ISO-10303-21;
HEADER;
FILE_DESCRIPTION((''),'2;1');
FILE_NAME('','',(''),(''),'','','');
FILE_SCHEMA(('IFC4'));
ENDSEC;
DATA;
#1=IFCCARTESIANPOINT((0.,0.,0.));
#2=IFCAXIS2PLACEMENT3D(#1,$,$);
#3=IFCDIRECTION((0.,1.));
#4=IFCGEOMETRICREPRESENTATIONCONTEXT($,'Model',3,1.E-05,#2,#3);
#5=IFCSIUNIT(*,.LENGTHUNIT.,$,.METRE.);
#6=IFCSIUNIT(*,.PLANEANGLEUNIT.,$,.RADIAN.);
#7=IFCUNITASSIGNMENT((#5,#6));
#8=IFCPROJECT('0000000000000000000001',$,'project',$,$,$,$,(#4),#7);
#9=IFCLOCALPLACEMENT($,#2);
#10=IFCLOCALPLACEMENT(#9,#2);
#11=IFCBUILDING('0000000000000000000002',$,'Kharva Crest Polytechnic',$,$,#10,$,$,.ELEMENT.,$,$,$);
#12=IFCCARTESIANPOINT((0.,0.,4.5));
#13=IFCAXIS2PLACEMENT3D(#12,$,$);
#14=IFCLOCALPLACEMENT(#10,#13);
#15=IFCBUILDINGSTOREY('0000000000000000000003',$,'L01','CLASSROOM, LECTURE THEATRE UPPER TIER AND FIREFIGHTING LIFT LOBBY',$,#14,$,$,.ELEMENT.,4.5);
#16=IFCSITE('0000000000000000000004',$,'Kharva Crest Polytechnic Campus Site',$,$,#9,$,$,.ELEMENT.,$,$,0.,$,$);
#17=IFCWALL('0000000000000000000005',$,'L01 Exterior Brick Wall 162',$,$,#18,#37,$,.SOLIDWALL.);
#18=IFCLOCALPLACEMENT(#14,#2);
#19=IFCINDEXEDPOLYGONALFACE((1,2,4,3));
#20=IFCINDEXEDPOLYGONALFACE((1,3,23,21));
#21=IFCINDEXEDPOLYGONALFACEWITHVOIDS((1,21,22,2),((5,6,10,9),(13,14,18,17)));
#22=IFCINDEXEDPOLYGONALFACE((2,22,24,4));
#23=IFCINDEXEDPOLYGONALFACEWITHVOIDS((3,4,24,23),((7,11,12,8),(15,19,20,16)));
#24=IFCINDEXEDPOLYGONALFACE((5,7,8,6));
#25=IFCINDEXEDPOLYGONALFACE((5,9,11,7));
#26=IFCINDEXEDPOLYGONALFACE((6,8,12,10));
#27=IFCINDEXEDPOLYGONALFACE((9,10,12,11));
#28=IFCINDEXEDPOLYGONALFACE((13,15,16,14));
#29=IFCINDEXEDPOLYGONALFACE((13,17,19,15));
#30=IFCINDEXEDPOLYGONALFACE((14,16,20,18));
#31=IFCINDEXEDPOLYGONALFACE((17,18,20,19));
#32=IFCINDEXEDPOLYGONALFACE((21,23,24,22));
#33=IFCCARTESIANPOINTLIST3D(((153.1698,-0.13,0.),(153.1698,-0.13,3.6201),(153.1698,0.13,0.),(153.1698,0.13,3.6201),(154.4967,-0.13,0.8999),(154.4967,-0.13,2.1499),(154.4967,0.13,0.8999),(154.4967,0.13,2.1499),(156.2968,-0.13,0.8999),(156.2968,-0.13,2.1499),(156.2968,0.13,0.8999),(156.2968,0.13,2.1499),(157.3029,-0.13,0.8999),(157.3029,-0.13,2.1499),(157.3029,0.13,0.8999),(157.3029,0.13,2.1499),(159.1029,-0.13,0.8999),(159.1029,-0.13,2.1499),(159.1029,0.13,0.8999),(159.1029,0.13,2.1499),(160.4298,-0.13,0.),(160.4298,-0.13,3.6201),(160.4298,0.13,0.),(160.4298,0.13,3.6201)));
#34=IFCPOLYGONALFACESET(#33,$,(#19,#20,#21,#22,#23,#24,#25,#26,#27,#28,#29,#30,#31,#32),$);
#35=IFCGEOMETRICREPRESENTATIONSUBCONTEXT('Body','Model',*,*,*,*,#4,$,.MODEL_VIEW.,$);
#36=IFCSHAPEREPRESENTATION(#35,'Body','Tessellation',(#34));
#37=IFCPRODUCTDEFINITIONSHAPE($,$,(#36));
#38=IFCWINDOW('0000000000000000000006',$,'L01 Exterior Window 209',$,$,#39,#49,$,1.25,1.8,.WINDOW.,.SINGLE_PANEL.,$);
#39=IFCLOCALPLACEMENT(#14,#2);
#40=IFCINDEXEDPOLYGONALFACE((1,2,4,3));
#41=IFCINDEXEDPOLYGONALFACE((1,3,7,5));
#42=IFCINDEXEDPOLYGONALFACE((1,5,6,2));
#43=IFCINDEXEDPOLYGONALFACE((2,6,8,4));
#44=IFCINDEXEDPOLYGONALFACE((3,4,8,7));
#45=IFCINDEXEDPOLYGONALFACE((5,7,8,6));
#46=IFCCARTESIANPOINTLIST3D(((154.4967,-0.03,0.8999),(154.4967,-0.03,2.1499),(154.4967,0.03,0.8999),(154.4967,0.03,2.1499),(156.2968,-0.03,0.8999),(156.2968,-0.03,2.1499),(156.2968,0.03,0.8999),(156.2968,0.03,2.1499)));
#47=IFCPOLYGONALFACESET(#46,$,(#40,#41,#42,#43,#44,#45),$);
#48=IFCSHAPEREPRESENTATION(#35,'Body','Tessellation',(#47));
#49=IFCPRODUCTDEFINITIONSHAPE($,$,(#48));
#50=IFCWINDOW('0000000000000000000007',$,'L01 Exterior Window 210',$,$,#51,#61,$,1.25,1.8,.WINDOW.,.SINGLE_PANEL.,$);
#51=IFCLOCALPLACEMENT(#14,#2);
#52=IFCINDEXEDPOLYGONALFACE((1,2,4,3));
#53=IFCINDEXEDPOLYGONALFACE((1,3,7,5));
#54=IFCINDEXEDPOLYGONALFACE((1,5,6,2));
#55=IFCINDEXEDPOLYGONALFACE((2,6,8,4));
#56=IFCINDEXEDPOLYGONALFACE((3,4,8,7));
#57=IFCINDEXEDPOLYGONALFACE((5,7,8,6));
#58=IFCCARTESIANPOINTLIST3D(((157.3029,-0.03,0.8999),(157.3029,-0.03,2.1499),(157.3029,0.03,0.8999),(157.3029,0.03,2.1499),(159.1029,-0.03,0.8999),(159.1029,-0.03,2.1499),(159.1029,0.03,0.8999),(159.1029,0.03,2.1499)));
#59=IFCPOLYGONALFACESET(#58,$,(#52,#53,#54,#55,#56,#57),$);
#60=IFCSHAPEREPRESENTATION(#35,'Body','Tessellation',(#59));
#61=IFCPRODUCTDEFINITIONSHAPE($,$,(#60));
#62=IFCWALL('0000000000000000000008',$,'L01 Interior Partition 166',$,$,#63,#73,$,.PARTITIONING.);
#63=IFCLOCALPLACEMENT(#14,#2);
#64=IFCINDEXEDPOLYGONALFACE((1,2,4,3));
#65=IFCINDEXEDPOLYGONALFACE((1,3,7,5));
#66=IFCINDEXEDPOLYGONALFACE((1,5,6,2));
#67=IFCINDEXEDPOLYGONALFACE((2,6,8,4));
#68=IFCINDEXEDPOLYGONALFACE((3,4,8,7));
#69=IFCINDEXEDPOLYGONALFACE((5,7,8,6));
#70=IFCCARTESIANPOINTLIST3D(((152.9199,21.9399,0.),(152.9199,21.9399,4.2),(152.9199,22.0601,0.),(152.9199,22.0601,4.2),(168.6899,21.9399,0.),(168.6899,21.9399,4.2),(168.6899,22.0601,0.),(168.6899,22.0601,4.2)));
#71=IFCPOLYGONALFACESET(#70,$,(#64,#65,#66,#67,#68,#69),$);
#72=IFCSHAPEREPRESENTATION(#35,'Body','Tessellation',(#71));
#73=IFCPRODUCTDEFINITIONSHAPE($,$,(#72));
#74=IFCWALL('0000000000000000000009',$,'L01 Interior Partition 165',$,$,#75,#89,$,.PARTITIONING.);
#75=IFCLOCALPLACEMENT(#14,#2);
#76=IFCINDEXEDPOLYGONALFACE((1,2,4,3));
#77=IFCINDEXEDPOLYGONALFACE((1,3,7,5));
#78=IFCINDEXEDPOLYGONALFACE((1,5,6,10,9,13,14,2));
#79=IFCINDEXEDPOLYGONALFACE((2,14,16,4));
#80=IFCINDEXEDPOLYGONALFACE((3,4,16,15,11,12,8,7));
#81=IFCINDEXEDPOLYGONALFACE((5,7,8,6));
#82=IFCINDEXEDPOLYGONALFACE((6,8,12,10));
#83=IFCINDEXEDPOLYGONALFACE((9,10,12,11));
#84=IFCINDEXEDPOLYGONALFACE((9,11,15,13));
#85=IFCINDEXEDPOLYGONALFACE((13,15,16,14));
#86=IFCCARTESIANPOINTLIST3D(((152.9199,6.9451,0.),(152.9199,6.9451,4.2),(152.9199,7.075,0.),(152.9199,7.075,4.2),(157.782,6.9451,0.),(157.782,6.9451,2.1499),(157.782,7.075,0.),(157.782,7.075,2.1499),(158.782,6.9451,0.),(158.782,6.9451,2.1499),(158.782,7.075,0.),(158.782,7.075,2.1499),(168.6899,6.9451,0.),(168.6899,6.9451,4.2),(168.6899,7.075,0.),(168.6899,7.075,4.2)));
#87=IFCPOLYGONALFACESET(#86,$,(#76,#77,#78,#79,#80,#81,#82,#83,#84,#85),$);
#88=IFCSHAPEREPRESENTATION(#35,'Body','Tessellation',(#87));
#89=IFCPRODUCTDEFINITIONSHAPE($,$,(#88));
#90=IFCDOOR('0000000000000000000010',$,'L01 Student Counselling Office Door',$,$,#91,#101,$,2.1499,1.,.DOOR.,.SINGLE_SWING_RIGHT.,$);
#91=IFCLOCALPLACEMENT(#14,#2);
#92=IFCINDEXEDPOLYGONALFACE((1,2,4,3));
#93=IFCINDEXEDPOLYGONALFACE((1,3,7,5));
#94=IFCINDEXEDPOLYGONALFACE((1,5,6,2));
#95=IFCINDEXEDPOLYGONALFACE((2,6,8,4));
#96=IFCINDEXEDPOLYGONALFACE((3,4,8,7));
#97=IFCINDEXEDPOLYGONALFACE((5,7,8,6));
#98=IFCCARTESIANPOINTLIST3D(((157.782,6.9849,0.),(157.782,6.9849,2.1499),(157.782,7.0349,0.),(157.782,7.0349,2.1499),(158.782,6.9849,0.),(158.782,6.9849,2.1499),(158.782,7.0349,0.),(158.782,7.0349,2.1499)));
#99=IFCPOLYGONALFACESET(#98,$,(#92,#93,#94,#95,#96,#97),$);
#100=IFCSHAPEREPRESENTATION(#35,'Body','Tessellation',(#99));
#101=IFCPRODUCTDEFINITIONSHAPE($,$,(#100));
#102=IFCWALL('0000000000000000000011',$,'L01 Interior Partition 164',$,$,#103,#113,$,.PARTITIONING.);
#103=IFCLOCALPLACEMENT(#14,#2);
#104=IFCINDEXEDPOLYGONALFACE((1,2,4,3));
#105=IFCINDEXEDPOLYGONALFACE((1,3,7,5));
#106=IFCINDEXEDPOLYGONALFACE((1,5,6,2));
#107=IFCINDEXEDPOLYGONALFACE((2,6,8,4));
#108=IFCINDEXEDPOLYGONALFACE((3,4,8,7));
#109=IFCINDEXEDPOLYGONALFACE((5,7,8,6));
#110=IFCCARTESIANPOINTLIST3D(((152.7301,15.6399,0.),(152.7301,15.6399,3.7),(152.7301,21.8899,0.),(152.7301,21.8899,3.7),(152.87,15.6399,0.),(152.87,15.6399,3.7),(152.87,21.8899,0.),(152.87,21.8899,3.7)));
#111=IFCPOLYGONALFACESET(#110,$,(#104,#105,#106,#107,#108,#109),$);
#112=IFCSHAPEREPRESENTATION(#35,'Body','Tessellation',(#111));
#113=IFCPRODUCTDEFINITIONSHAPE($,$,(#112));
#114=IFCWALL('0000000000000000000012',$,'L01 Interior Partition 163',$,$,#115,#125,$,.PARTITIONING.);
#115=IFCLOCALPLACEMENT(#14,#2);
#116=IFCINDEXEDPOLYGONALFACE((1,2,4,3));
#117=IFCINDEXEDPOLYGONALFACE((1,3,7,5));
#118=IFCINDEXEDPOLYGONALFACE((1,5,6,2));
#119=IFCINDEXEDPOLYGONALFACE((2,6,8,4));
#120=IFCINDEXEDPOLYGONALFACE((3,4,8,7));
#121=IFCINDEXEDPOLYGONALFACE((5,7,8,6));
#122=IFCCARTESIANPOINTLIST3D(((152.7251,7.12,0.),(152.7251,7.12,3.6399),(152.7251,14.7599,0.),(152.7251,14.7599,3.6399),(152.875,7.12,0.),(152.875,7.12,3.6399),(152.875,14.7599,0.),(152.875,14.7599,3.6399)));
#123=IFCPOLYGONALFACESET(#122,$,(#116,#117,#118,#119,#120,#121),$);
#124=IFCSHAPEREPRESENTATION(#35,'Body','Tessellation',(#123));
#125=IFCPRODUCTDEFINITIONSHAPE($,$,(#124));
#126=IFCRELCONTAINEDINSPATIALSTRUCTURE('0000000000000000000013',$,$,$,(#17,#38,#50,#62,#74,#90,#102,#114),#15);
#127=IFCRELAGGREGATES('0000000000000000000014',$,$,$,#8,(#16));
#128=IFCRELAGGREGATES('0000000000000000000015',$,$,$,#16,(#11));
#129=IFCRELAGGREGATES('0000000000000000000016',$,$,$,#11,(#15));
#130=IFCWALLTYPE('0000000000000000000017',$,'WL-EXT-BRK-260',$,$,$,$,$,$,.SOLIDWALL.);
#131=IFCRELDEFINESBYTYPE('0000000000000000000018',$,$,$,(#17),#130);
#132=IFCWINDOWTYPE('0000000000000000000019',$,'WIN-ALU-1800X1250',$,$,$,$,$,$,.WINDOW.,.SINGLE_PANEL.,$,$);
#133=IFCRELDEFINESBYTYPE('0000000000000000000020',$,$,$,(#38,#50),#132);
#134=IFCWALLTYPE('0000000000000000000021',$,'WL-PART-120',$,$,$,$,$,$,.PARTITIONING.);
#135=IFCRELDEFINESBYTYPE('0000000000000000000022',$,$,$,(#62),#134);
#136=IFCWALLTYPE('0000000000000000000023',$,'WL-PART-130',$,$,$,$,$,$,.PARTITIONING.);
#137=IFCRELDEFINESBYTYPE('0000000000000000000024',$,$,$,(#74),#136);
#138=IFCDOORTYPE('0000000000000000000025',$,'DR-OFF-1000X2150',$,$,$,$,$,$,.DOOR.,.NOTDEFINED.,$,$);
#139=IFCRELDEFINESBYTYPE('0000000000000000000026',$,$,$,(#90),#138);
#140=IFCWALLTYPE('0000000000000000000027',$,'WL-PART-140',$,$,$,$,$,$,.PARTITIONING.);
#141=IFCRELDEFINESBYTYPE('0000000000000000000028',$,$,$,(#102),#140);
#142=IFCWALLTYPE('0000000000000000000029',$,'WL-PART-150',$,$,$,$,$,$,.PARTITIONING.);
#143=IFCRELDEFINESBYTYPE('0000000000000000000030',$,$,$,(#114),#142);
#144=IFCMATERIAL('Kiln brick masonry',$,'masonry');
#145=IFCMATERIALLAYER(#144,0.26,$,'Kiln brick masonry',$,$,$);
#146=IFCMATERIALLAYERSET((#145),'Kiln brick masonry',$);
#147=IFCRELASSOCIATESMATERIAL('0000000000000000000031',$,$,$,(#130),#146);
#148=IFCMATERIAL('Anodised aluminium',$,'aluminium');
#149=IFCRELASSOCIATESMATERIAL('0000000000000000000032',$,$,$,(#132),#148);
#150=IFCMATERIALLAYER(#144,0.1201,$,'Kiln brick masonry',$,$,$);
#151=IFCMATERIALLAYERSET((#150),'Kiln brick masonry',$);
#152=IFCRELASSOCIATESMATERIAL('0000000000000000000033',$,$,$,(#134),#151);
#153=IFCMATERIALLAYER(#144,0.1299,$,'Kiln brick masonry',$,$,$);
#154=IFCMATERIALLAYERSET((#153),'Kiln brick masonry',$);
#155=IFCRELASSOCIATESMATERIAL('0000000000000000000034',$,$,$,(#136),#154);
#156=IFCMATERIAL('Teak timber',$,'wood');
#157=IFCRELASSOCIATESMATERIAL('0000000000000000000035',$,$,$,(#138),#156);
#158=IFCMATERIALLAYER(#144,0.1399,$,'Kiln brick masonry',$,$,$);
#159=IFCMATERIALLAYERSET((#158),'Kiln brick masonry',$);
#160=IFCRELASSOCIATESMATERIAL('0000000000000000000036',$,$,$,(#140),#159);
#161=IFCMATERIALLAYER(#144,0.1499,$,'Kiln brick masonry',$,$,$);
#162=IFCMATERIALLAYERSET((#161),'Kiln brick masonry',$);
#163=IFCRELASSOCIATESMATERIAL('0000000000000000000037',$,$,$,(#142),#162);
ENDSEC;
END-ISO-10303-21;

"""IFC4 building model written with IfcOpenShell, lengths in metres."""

from ifc_helpers import new_model, si_unit, direction, frame, frame_2d, origin, place, context, subcontext, project, spatial, rectangle, extrude, material, layer, layer_set, type_object, element, fill, save


model = new_model("IFC4")

# Units and contexts
model_context = context("Model", 3, precision=1e-05, world=origin(), true_north=direction((0.0, 1.0)))
body_context = subcontext(model_context, "Body", "Model", "MODEL_VIEW")
ifc_project = project(units=[si_unit("LENGTHUNIT", "METRE"), si_unit("PLANEANGLEUNIT", "RADIAN")], contexts=[model_context])

# Site, building, storey
site_placement = place(None, origin())
site = spatial("IfcSite", under=ifc_project, at=site_placement, Name="Kharva Crest Polytechnic Campus Site", CompositionType="ELEMENT", RefElevation=0.0)
building_placement = place(site_placement, origin())
building = spatial("IfcBuilding", under=site, at=building_placement, Name="Kharva Crest Polytechnic", CompositionType="ELEMENT")
storey_placement = place(building_placement, frame((0.0, 0.0, 4.5)))
storey = spatial("IfcBuildingStorey", under=building, at=storey_placement, Name="L01", Description="CLASSROOM, LECTURE THEATRE UPPER TIER AND FIREFIGHTING LIFT LOBBY", CompositionType="ELEMENT", Elevation=4.5)

# Wall, openings, windows
ifc_material_1 = material(Name="Kiln brick masonry", Category="masonry")
ifc_layer_1 = layer(ifc_material_1, 0.26, Name="Kiln brick masonry")
ifc_layer_set_1 = layer_set([ifc_layer_1], Name="Kiln brick masonry")
wall_type_1 = type_object("IfcWallType", Name="WL-EXT-BRK-260", PredefinedType="SOLIDWALL", material=ifc_layer_set_1)
wall_1_placement = place(storey_placement, frame((153.1699, 0.0, 0.0), z_axis=(0.0, 0.0, 1.0), x_axis=(1.0, 0.0, 0.0)))
wall_1 = element("IfcWall", 1, at=wall_1_placement, inside=storey, type_object=wall_type_1, Name="L01 Exterior Brick Wall 162", PredefinedType="SOLIDWALL", context=body_context, shape_type="SweptSolid", body=[
    extrude(rectangle(XDim=7.26, YDim=0.26, at=frame_2d((3.6299, 0.0))), origin(), (0.0, 0.0, 1.0), 3.6201),
])
opening_1_placement = place(wall_1_placement, frame((1.3269, 0.0, 0.8999)))
opening_1 = element("IfcOpeningElement", 2, at=opening_1_placement, cuts=wall_1, PredefinedType="OPENING", context=body_context, shape_type="SweptSolid", body=[
    extrude(rectangle(XDim=1.8, YDim=1.25, at=frame_2d((0.8999, 0.625))), frame((0.0, 0.1399, 0.0), z_axis=(0.0, -1.0, 0.0), x_axis=(1.0, 0.0, 0.0)), (0.0, 0.0, 1.0), 0.28),
])
opening_2_placement = place(wall_1_placement, frame((4.1331, 0.0, 0.8999)))
opening_2 = element("IfcOpeningElement", 3, at=opening_2_placement, cuts=wall_1, PredefinedType="OPENING", context=body_context, shape_type="SweptSolid", body=[
    extrude(rectangle(XDim=1.8, YDim=1.25, at=frame_2d((0.8999, 0.625))), frame((0.0, 0.1399, 0.0), z_axis=(0.0, -1.0, 0.0), x_axis=(1.0, 0.0, 0.0)), (0.0, 0.0, 1.0), 0.28),
])
ifc_material_2 = material(Name="Anodised aluminium", Category="aluminium")
window_type = type_object("IfcWindowType", Name="WIN-ALU-1800X1250", PartitioningType="SINGLE_PANEL", PredefinedType="WINDOW", material=ifc_material_2)
window_1_placement = place(opening_1_placement, origin())
window_1 = element("IfcWindow", 4, at=window_1_placement, inside=storey, type_object=window_type, Name="L01 Exterior Window 209", OverallHeight=1.25, OverallWidth=1.8, PartitioningType="SINGLE_PANEL", PredefinedType="WINDOW", context=body_context, shape_type="SweptSolid", body=[
    extrude(rectangle(XDim=1.8, YDim=1.25, at=frame_2d((0.8999, 0.625))), frame((0.0, 0.03, 0.0), z_axis=(0.0, -1.0, 0.0), x_axis=(1.0, 0.0, 0.0)), (0.0, 0.0, 1.0), 0.0601),
])
fill(opening_1, window_1)
window_2_placement = place(opening_2_placement, origin())
window_2 = element("IfcWindow", 5, at=window_2_placement, inside=storey, type_object=window_type, Name="L01 Exterior Window 210", OverallHeight=1.25, OverallWidth=1.8, PartitioningType="SINGLE_PANEL", PredefinedType="WINDOW", context=body_context, shape_type="SweptSolid", body=[
    extrude(rectangle(XDim=1.8, YDim=1.25, at=frame_2d((0.8999, 0.625))), frame((0.0, 0.03, 0.0), z_axis=(0.0, -1.0, 0.0), x_axis=(1.0, 0.0, 0.0)), (0.0, 0.0, 1.0), 0.0601),
])
fill(opening_2, window_2)

# Wall
ifc_layer_2 = layer(ifc_material_1, 0.1201, Name="Kiln brick masonry")
ifc_layer_set_2 = layer_set([ifc_layer_2], Name="Kiln brick masonry")
wall_type_2 = type_object("IfcWallType", Name="WL-PART-120", PredefinedType="PARTITIONING", material=ifc_layer_set_2)
wall_2_placement = place(storey_placement, frame((152.9199, 22.0, 0.0), z_axis=(0.0, 0.0, 1.0), x_axis=(1.0, 0.0, 0.0)))
element("IfcWall", 6, at=wall_2_placement, inside=storey, type_object=wall_type_2, Name="L01 Interior Partition 166", PredefinedType="PARTITIONING", context=body_context, shape_type="SweptSolid", body=[
    extrude(rectangle(XDim=15.77, YDim=0.1201, at=frame_2d((7.885, 0.0))), origin(), (0.0, 0.0, 1.0), 4.2),
])

# Wall, opening, door
ifc_layer_3 = layer(ifc_material_1, 0.1299, Name="Kiln brick masonry")
ifc_layer_set_3 = layer_set([ifc_layer_3], Name="Kiln brick masonry")
wall_type_3 = type_object("IfcWallType", Name="WL-PART-130", PredefinedType="PARTITIONING", material=ifc_layer_set_3)
wall_3_placement = place(storey_placement, frame((152.9199, 7.01, 0.0), z_axis=(0.0, 0.0, 1.0), x_axis=(1.0, 0.0, 0.0)))
wall_3 = element("IfcWall", 7, at=wall_3_placement, inside=storey, type_object=wall_type_3, Name="L01 Interior Partition 165", PredefinedType="PARTITIONING", context=body_context, shape_type="SweptSolid", body=[
    extrude(rectangle(XDim=15.77, YDim=0.1299, at=frame_2d((7.885, 0.0))), origin(), (0.0, 0.0, 1.0), 4.2),
])
opening_3_placement = place(wall_3_placement, frame((4.8621, 0.0, 0.0)))
opening_3 = element("IfcOpeningElement", 8, at=opening_3_placement, cuts=wall_3, PredefinedType="OPENING", context=body_context, shape_type="SweptSolid", body=[
    extrude(rectangle(XDim=1.0, YDim=2.1499, at=frame_2d((0.5, 1.075))), frame((0.0, 0.075, 0.0), z_axis=(0.0, -1.0, 0.0), x_axis=(1.0, 0.0, 0.0)), (0.0, 0.0, 1.0), 0.1499),
])
ifc_material_3 = material(Name="Teak timber", Category="wood")
door_type = type_object("IfcDoorType", Name="DR-OFF-1000X2150", OperationType="NOTDEFINED", PredefinedType="DOOR", material=ifc_material_3)
door_placement = place(opening_3_placement, origin())
door = element("IfcDoor", 9, at=door_placement, inside=storey, type_object=door_type, Name="L01 Student Counselling Office Door", OperationType="SINGLE_SWING_RIGHT", OverallHeight=2.1499, OverallWidth=1.0, PredefinedType="DOOR", context=body_context, shape_type="SweptSolid", body=[
    extrude(rectangle(XDim=1.0, YDim=2.1499, at=frame_2d((0.5, 1.075))), frame((0.0, 0.0249, 0.0), z_axis=(0.0, -1.0, 0.0), x_axis=(1.0, 0.0, 0.0)), (0.0, 0.0, 1.0), 0.05),
])
fill(opening_3, door)

# Walls
ifc_layer_4 = layer(ifc_material_1, 0.1399, Name="Kiln brick masonry")
ifc_layer_set_4 = layer_set([ifc_layer_4], Name="Kiln brick masonry")
wall_type_4 = type_object("IfcWallType", Name="WL-PART-140", PredefinedType="PARTITIONING", material=ifc_layer_set_4)
wall_4_placement = place(storey_placement, frame((152.8, 15.6399, 0.0), z_axis=(0.0, 0.0, 1.0), x_axis=(0.0, 1.0, 0.0)))
element("IfcWall", 10, at=wall_4_placement, inside=storey, type_object=wall_type_4, Name="L01 Interior Partition 164", PredefinedType="PARTITIONING", context=body_context, shape_type="SweptSolid", body=[
    extrude(rectangle(XDim=6.25, YDim=0.1399, at=frame_2d((3.125, 0.0))), origin(), (0.0, 0.0, 1.0), 3.7),
])
ifc_layer_5 = layer(ifc_material_1, 0.1499, Name="Kiln brick masonry")
ifc_layer_set_5 = layer_set([ifc_layer_5], Name="Kiln brick masonry")
wall_type_5 = type_object("IfcWallType", Name="WL-PART-150", PredefinedType="PARTITIONING", material=ifc_layer_set_5)
wall_5_placement = place(storey_placement, frame((152.8, 7.1201, 0.0), z_axis=(0.0, 0.0, 1.0), x_axis=(0.0, 1.0, 0.0)))
element("IfcWall", 11, at=wall_5_placement, inside=storey, type_object=wall_type_5, Name="L01 Interior Partition 163", PredefinedType="PARTITIONING", context=body_context, shape_type="SweptSolid", body=[
    extrude(rectangle(XDim=7.6399, YDim=0.1499, at=frame_2d((3.8198, 0.0))), origin(), (0.0, 0.0, 1.0), 3.6399),
])

save(model, "model.ifc")
